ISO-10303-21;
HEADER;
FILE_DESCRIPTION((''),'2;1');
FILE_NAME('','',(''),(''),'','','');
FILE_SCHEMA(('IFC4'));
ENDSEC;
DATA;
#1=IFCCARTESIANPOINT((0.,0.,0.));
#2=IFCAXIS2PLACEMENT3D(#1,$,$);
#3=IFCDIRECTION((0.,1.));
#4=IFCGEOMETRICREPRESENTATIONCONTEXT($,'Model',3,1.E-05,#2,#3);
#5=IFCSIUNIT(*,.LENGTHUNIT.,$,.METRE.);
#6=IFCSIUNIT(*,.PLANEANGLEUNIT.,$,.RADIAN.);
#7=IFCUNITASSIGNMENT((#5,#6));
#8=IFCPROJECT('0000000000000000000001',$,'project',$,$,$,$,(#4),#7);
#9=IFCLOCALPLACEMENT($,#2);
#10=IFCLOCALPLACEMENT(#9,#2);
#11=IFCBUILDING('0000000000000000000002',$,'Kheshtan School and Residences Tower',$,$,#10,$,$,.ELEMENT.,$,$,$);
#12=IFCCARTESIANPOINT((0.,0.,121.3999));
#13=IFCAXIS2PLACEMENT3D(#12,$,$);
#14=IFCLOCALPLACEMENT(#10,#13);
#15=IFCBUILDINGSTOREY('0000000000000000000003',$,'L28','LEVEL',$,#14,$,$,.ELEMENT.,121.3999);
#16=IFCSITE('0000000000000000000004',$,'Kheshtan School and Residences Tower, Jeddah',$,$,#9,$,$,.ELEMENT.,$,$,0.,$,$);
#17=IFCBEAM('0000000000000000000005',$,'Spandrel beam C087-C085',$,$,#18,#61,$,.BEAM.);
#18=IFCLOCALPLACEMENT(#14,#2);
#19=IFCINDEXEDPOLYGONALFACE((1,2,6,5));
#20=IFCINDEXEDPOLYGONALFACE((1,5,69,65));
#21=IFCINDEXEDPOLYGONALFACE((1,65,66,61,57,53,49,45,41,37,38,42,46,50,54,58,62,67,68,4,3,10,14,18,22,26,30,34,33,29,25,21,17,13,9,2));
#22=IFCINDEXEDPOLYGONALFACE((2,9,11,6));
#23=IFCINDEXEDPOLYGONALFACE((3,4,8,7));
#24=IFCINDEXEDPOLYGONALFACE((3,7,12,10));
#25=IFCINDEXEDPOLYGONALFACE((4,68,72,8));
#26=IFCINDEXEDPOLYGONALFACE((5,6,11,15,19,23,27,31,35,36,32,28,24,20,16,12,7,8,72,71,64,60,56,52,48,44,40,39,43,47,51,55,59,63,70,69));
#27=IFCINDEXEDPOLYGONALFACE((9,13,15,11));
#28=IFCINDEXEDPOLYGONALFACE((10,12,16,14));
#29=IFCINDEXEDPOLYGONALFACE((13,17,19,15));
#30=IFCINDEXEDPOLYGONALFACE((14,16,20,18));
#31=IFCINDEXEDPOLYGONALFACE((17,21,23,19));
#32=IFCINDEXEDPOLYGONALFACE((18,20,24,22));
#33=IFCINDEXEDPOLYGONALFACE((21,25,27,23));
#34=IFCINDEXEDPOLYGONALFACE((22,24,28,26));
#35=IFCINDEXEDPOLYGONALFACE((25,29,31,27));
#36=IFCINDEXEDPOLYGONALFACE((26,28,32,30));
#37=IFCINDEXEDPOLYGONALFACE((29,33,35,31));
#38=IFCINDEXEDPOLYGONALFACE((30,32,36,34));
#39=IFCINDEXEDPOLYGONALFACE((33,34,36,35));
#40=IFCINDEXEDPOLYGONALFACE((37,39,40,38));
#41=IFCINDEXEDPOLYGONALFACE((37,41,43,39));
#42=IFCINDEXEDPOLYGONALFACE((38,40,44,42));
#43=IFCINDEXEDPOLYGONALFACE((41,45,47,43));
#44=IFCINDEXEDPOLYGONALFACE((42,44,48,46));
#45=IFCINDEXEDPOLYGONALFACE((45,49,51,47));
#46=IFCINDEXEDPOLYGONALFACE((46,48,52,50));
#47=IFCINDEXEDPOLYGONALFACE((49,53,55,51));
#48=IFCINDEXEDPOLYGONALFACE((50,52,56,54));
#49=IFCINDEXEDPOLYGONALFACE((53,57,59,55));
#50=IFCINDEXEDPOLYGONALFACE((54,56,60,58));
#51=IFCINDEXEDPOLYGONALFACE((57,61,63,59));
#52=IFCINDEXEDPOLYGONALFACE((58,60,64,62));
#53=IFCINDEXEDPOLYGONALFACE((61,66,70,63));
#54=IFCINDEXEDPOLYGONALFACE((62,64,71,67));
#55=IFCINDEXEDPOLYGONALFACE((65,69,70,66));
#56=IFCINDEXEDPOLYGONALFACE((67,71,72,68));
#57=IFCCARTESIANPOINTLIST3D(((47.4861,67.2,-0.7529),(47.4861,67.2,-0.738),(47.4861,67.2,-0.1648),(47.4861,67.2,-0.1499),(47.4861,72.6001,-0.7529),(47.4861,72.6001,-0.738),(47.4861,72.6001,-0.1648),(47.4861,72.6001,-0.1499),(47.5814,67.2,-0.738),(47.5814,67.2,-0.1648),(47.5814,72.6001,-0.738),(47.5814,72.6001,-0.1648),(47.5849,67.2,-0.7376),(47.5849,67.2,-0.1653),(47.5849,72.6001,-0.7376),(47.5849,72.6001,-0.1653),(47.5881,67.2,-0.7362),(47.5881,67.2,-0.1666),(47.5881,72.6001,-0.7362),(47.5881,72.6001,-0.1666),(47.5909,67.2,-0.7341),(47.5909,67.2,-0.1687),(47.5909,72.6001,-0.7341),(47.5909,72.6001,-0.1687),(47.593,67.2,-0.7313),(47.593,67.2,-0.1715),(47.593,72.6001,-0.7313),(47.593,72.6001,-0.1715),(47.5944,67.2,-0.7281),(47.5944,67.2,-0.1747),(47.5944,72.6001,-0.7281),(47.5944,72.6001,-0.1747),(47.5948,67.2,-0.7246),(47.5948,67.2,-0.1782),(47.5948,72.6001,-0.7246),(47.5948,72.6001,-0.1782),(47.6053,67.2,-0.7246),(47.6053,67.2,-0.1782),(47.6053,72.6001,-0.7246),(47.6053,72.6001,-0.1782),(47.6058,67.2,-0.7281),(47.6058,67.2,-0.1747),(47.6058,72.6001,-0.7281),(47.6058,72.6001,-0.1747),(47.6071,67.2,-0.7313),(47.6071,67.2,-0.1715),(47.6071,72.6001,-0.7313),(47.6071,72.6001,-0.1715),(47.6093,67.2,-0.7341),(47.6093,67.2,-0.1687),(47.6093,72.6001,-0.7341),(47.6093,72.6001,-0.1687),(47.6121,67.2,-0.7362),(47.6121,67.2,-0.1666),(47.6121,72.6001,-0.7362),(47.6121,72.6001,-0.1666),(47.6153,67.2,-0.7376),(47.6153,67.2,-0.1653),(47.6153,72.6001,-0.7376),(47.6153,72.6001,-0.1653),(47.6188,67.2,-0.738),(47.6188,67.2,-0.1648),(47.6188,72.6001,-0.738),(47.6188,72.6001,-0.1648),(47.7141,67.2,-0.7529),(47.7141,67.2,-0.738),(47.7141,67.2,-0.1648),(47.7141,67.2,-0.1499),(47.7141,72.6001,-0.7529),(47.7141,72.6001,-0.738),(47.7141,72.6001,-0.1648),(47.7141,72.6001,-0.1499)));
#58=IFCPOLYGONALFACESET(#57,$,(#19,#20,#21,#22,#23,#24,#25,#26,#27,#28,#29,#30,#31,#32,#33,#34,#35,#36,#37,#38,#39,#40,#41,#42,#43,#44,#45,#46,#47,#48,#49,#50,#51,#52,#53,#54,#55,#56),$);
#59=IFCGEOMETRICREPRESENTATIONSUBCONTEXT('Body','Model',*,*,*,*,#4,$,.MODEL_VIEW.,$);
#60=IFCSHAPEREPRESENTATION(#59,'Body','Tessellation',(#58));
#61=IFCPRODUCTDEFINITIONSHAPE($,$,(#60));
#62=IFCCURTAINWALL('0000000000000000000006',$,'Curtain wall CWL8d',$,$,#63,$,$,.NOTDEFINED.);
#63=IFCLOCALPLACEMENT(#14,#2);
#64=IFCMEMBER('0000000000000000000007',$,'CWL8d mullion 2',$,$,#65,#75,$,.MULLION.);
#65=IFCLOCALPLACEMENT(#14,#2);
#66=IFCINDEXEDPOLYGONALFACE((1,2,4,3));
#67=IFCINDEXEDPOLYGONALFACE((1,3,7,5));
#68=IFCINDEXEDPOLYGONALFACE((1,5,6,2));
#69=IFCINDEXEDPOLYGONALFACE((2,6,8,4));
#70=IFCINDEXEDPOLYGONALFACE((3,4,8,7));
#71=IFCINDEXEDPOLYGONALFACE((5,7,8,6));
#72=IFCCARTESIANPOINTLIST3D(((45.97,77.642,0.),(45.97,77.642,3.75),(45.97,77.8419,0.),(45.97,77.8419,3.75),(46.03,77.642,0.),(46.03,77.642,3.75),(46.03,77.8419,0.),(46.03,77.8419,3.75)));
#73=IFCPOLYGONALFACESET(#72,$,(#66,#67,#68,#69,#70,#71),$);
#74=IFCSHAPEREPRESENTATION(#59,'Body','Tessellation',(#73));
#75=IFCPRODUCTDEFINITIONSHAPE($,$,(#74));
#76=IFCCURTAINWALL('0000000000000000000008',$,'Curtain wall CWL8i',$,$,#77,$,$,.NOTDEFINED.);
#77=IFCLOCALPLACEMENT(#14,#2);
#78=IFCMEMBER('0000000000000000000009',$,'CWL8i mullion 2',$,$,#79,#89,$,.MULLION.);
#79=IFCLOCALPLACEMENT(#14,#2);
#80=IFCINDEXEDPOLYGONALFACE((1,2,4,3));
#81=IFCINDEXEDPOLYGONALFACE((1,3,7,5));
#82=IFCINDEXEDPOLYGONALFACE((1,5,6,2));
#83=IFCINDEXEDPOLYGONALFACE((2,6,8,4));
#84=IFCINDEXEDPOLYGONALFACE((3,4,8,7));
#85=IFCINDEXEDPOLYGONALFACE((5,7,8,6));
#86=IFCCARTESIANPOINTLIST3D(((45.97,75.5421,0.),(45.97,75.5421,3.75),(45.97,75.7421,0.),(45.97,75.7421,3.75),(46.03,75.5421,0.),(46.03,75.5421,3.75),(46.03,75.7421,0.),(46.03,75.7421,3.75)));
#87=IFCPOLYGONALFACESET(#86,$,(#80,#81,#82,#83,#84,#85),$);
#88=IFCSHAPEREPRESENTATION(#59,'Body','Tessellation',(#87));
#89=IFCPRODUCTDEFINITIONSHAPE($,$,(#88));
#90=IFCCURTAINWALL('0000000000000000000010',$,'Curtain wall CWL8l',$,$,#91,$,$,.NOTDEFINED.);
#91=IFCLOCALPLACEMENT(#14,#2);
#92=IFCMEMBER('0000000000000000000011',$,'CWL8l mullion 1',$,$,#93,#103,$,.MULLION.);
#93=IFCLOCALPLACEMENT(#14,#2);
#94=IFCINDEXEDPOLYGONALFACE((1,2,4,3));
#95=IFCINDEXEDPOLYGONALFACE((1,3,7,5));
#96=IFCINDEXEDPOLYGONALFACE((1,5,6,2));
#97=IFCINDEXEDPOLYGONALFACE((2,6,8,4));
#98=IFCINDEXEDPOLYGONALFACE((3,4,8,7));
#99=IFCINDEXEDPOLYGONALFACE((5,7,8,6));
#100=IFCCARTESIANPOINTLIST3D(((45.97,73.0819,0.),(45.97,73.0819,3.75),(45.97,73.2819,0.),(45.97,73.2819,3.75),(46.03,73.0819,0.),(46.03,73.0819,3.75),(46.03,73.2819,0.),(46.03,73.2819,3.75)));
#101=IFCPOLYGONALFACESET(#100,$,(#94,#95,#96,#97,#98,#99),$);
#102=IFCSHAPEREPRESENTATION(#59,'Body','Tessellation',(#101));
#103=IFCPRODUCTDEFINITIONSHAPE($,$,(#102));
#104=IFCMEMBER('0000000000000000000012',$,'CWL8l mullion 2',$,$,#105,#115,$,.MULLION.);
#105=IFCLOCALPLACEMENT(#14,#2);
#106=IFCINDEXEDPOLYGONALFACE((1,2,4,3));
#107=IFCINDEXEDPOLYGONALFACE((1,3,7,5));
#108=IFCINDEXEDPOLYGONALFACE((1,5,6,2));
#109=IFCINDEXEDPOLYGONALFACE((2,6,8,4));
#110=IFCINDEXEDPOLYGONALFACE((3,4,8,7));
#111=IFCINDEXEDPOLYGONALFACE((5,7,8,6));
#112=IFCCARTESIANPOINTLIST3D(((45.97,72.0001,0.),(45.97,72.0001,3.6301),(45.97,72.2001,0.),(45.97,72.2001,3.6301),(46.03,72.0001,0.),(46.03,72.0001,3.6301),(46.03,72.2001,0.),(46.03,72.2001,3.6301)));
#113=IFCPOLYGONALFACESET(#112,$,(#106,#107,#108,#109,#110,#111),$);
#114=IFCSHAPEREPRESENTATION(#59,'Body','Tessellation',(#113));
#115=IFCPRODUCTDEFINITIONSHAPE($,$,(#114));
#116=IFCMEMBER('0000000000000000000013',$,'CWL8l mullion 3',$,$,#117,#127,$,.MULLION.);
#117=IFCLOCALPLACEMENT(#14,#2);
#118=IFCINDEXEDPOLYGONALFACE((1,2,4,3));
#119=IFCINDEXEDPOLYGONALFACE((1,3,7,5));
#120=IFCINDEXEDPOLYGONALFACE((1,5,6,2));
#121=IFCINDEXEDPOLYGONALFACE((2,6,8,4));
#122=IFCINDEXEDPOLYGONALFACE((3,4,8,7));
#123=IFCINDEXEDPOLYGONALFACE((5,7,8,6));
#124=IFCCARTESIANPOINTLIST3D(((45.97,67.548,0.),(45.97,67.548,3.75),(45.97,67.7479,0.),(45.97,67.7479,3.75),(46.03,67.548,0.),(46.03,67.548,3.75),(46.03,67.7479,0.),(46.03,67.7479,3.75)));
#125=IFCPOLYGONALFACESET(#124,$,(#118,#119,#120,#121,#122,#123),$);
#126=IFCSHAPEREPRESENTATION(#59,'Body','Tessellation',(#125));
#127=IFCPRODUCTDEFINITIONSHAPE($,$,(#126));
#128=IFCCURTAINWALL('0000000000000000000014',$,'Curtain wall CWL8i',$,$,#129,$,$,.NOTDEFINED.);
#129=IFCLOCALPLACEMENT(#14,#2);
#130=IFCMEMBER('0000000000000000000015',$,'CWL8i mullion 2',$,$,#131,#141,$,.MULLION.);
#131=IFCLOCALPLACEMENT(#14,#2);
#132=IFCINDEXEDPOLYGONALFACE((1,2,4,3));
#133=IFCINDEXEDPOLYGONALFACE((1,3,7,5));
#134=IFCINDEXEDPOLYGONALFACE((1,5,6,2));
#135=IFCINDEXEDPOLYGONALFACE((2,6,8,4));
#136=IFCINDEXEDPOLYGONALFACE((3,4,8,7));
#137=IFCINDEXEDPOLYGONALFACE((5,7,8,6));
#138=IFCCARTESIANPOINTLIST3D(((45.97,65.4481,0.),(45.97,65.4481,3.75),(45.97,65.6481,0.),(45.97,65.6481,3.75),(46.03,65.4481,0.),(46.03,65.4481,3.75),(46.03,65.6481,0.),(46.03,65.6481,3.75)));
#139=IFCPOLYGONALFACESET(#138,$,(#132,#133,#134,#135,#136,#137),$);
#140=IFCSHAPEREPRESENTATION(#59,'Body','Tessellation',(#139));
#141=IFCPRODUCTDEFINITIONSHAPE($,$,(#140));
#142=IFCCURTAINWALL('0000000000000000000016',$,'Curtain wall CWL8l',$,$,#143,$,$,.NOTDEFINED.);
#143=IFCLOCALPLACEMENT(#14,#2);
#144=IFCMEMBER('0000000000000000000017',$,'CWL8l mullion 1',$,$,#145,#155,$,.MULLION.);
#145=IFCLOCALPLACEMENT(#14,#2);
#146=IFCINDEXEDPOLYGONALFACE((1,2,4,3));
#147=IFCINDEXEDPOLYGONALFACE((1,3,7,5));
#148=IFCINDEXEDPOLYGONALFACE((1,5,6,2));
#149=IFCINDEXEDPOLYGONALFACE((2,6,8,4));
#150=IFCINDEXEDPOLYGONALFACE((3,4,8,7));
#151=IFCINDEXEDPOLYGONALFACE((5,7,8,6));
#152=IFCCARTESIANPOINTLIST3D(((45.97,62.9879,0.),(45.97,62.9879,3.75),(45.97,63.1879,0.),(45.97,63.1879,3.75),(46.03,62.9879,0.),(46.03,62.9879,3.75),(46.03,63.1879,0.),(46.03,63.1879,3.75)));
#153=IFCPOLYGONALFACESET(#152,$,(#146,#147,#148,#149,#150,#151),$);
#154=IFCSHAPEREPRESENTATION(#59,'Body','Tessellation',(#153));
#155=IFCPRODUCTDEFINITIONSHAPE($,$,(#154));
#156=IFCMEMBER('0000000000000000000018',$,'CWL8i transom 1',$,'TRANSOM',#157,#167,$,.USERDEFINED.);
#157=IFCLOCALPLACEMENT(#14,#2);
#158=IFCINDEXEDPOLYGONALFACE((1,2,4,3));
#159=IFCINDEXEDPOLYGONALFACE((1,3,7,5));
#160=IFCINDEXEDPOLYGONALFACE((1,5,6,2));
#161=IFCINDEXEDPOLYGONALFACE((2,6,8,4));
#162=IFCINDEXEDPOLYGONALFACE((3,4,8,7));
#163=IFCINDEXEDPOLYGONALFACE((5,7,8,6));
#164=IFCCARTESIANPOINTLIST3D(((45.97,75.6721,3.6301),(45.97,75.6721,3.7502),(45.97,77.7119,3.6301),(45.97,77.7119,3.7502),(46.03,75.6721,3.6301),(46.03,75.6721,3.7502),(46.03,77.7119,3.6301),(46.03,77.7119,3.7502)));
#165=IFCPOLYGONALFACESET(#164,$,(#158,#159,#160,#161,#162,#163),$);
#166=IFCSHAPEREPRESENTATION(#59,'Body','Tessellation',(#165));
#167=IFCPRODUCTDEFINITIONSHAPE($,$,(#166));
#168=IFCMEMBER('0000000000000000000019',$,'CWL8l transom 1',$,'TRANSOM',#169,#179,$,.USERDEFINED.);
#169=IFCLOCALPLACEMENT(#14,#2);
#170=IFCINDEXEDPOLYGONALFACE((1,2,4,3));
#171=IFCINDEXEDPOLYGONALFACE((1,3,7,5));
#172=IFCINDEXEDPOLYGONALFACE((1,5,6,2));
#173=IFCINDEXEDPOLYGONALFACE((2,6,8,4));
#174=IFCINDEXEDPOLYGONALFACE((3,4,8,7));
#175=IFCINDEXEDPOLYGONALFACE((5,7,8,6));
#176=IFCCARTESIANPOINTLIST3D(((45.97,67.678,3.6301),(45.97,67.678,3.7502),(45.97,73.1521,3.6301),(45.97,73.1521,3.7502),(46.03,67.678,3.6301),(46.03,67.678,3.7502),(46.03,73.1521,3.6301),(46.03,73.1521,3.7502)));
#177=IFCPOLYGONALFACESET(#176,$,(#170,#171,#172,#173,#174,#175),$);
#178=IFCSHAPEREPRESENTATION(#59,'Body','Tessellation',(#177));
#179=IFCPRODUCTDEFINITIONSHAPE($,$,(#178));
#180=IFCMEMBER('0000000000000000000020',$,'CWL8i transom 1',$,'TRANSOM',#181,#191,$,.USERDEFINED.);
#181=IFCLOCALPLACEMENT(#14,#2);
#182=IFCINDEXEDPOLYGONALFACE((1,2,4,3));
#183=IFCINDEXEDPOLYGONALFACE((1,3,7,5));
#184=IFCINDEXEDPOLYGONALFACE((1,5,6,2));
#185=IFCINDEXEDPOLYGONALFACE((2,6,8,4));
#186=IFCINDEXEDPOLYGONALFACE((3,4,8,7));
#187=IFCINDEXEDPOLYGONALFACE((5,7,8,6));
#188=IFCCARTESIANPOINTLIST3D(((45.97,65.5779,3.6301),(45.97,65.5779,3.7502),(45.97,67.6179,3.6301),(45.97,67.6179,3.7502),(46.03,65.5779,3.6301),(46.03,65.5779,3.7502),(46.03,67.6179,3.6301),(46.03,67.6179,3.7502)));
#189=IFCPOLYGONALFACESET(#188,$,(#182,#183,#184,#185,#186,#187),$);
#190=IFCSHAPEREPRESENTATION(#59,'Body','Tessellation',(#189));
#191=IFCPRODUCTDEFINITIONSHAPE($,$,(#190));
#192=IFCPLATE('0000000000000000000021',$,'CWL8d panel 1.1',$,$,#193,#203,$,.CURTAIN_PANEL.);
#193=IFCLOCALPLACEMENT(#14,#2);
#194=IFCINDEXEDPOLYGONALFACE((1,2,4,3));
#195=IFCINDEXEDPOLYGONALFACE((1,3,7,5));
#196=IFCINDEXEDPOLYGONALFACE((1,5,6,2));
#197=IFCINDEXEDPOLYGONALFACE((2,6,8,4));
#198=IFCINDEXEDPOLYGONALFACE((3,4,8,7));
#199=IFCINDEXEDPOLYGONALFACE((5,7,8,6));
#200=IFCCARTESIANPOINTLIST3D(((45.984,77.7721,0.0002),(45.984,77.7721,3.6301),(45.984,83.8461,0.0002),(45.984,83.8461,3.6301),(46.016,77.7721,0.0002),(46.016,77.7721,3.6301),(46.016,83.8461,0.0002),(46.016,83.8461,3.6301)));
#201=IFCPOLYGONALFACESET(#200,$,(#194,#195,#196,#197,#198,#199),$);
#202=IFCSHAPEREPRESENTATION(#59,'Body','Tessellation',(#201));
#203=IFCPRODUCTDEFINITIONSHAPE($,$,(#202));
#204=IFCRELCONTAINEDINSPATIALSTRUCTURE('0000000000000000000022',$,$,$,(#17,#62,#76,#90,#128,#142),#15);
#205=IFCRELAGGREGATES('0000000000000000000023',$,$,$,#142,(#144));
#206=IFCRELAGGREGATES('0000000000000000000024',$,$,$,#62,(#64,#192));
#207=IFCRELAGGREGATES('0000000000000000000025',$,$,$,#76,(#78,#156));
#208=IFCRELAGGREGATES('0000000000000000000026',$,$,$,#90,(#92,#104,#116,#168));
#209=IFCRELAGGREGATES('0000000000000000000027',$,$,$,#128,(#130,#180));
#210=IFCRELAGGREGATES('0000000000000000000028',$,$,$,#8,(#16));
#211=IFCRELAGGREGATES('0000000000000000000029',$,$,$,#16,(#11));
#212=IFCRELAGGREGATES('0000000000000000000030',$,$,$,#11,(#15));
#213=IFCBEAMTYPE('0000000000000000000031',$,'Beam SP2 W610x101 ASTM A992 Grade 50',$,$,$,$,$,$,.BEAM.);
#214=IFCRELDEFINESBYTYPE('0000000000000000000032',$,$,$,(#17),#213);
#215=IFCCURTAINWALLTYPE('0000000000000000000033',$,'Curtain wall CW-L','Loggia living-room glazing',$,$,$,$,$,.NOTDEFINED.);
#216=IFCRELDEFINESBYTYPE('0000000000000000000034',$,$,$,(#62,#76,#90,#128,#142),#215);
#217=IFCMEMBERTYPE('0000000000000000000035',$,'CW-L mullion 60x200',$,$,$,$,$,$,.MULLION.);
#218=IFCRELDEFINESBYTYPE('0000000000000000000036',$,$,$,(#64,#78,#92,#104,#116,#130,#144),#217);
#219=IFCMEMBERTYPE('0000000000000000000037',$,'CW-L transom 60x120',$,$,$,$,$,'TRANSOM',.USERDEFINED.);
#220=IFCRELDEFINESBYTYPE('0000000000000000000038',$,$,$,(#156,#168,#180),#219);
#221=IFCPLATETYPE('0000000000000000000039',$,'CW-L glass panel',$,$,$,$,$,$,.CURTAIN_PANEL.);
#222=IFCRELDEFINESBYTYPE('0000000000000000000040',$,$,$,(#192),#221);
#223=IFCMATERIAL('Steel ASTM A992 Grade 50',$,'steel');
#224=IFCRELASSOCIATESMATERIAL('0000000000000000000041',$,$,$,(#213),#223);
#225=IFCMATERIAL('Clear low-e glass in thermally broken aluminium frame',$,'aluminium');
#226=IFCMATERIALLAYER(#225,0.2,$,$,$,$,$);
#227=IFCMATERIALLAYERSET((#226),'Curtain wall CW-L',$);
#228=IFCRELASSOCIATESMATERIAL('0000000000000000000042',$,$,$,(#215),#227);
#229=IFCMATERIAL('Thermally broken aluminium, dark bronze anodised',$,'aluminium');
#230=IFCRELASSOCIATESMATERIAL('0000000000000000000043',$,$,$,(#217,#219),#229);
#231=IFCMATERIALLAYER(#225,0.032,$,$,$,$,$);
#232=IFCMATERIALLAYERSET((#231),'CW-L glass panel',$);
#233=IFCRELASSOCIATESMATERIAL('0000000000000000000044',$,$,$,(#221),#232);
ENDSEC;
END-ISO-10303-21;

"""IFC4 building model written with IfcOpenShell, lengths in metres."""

from ifc_helpers import new_model, si_unit, direction, frame, origin, origin_2d, place, context, subcontext, project, spatial, rectangle, i_section, extrude, material, layer, layer_set, material_profile, profile_set, type_object, element, aggregate, save


model = new_model("IFC4")

# Units and contexts
model_context = context("Model", 3, precision=1e-05, world=origin(), true_north=direction((0.0, 1.0)))
body_context = subcontext(model_context, "Body", "Model", "MODEL_VIEW")
ifc_project = project(units=[si_unit("LENGTHUNIT", "METRE"), si_unit("PLANEANGLEUNIT", "RADIAN")], contexts=[model_context])

# Site, building, storey
site_placement = place(None, origin())
site = spatial("IfcSite", under=ifc_project, at=site_placement, Name="Kheshtan School and Residences Tower, Jeddah", CompositionType="ELEMENT", RefElevation=0.0)
building_placement = place(site_placement, origin())
building = spatial("IfcBuilding", under=site, at=building_placement, Name="Kheshtan School and Residences Tower", CompositionType="ELEMENT")
storey_placement = place(building_placement, frame((0.0, 0.0, 121.3999)))
storey = spatial("IfcBuildingStorey", under=building, at=storey_placement, Name="L28", Description="LEVEL", CompositionType="ELEMENT", Elevation=121.3999)

# Shared definitions
ifc_material_1 = material(Name="Steel ASTM A992 Grade 50", Category="steel")

# Beam
ifc_material_profile_1 = material_profile(ifc_material_1, i_section(OverallWidth=0.228, OverallDepth=0.603, WebThickness=0.0105, FlangeThickness=0.0149, FilletRadius=0.0134, at=origin_2d()), Name="W610x101")
ifc_profile_set_1 = profile_set([ifc_material_profile_1], Name="Steel ASTM A992 Grade 50")
beam_type = type_object("IfcBeamType", Name="Beam SP2 W610x101 ASTM A992 Grade 50", PredefinedType="BEAM", material=ifc_profile_set_1)
beam_1_placement = place(storey_placement, frame((47.6001, 72.6001, -0.4514), z_axis=(0.0, -1.0, 0.0), x_axis=(1.0, 0.0, 0.0)))
element("IfcBeam", 1, at=beam_1_placement, inside=storey, type_object=beam_type, Name="Spandrel beam C087-C085", PredefinedType="BEAM", context=body_context, shape_type="SweptSolid", body=[
    extrude(i_section(OverallWidth=0.228, OverallDepth=0.603, WebThickness=0.0105, FlangeThickness=0.0149, FilletRadius=0.0134, at=origin_2d()), origin(), (0.0, 0.0, 1.0), 5.4001),
])

# Curtain walls, members
ifc_material_2 = material(Name="Clear low-e glass in thermally broken aluminium frame", Category="aluminium")
ifc_layer_1 = layer(ifc_material_2, 0.2)
ifc_layer_set_1 = layer_set([ifc_layer_1], Name="Curtain wall CW-L")
curtain_wall_type = type_object("IfcCurtainWallType", Name="Curtain wall CW-L", Description="Loggia living-room glazing", PredefinedType="NOTDEFINED", material=ifc_layer_set_1)
curtain_wall_1_placement = place(storey_placement, origin())
curtain_wall_1 = element("IfcCurtainWall", 2, at=curtain_wall_1_placement, inside=storey, type_object=curtain_wall_type, Name="Curtain wall CWL8d", PredefinedType="NOTDEFINED")
ifc_material_3 = material(Name="Thermally broken aluminium, dark bronze anodised", Category="aluminium")
ifc_material_profile_2 = material_profile(ifc_material_3, rectangle(XDim=0.0601, YDim=0.2, at=origin_2d()), Name="CW-L mullion 60x200")
ifc_profile_set_2 = profile_set([ifc_material_profile_2], Name="Thermally broken aluminium, dark bronze anodised")
member_type_1 = type_object("IfcMemberType", Name="CW-L mullion 60x200", PredefinedType="MULLION", material=ifc_profile_set_2)
member_1_placement = place(storey_placement, frame((46.0, 77.7419, 0.0), z_axis=(0.0, 0.0, 1.0), x_axis=(1.0, 0.0, 0.0)))
member_1 = element("IfcMember", 3, at=member_1_placement, type_object=member_type_1, Name="CWL8d mullion 2", PredefinedType="MULLION", context=body_context, shape_type="SweptSolid", body=[
    extrude(rectangle(XDim=0.0601, YDim=0.2, at=origin_2d()), origin(), (0.0, 0.0, 1.0), 3.75),
])
curtain_wall_2_placement = place(storey_placement, origin())
curtain_wall_2 = element("IfcCurtainWall", 4, at=curtain_wall_2_placement, inside=storey, type_object=curtain_wall_type, Name="Curtain wall CWL8i", PredefinedType="NOTDEFINED")
member_2_placement = place(storey_placement, frame((46.0, 75.6421, 0.0), z_axis=(0.0, 0.0, 1.0), x_axis=(1.0, 0.0, 0.0)))
member_2 = element("IfcMember", 5, at=member_2_placement, type_object=member_type_1, Name="CWL8i mullion 2", PredefinedType="MULLION", context=body_context, shape_type="SweptSolid", body=[
    extrude(rectangle(XDim=0.0601, YDim=0.2, at=origin_2d()), origin(), (0.0, 0.0, 1.0), 3.75),
])

# Curtain wall, members
curtain_wall_3_placement = place(storey_placement, origin())
curtain_wall_3 = element("IfcCurtainWall", 6, at=curtain_wall_3_placement, inside=storey, type_object=curtain_wall_type, Name="Curtain wall CWL8l", PredefinedType="NOTDEFINED")
member_3_placement = place(storey_placement, frame((46.0, 73.1819, 0.0), z_axis=(0.0, 0.0, 1.0), x_axis=(1.0, 0.0, 0.0)))
member_3 = element("IfcMember", 7, at=member_3_placement, type_object=member_type_1, Name="CWL8l mullion 1", PredefinedType="MULLION", context=body_context, shape_type="SweptSolid", body=[
    extrude(rectangle(XDim=0.0601, YDim=0.2, at=origin_2d()), origin(), (0.0, 0.0, 1.0), 3.75),
])
member_4_placement = place(storey_placement, frame((46.0, 72.1001, 0.0), z_axis=(0.0, 0.0, 1.0), x_axis=(1.0, 0.0, 0.0)))
member_4 = element("IfcMember", 8, at=member_4_placement, type_object=member_type_1, Name="CWL8l mullion 2", PredefinedType="MULLION", context=body_context, shape_type="SweptSolid", body=[
    extrude(rectangle(XDim=0.0601, YDim=0.2, at=origin_2d()), origin(), (0.0, 0.0, 1.0), 3.6301),
])
member_5_placement = place(storey_placement, frame((46.0, 67.6479, 0.0), z_axis=(0.0, 0.0, 1.0), x_axis=(1.0, 0.0, 0.0)))
member_5 = element("IfcMember", 9, at=member_5_placement, type_object=member_type_1, Name="CWL8l mullion 3", PredefinedType="MULLION", context=body_context, shape_type="SweptSolid", body=[
    extrude(rectangle(XDim=0.0601, YDim=0.2, at=origin_2d()), origin(), (0.0, 0.0, 1.0), 3.75),
])

# Curtain walls, members
curtain_wall_4_placement = place(storey_placement, origin())
curtain_wall_4 = element("IfcCurtainWall", 10, at=curtain_wall_4_placement, inside=storey, type_object=curtain_wall_type, Name="Curtain wall CWL8i", PredefinedType="NOTDEFINED")
member_6_placement = place(storey_placement, frame((46.0, 65.5481, 0.0), z_axis=(0.0, 0.0, 1.0), x_axis=(1.0, 0.0, 0.0)))
member_6 = element("IfcMember", 11, at=member_6_placement, type_object=member_type_1, Name="CWL8i mullion 2", PredefinedType="MULLION", context=body_context, shape_type="SweptSolid", body=[
    extrude(rectangle(XDim=0.0601, YDim=0.2, at=origin_2d()), origin(), (0.0, 0.0, 1.0), 3.75),
])
curtain_wall_5_placement = place(storey_placement, origin())
curtain_wall_5 = element("IfcCurtainWall", 12, at=curtain_wall_5_placement, inside=storey, type_object=curtain_wall_type, Name="Curtain wall CWL8l", PredefinedType="NOTDEFINED")
member_7_placement = place(storey_placement, frame((46.0, 63.0879, 0.0), z_axis=(0.0, 0.0, 1.0), x_axis=(1.0, 0.0, 0.0)))
member_7 = element("IfcMember", 13, at=member_7_placement, type_object=member_type_1, Name="CWL8l mullion 1", PredefinedType="MULLION", context=body_context, shape_type="SweptSolid", body=[
    extrude(rectangle(XDim=0.0601, YDim=0.2, at=origin_2d()), origin(), (0.0, 0.0, 1.0), 3.75),
])
aggregate(curtain_wall_5, [member_7])

# Members
ifc_material_profile_3 = material_profile(ifc_material_3, rectangle(XDim=0.0601, YDim=0.1201, at=origin_2d()), Name="CW-L transom 60x120")
ifc_profile_set_3 = profile_set([ifc_material_profile_3], Name="Thermally broken aluminium, dark bronze anodised")
member_type_2 = type_object("IfcMemberType", Name="CW-L transom 60x120", ElementType="TRANSOM", PredefinedType="USERDEFINED", material=ifc_profile_set_3)
member_8_placement = place(storey_placement, frame((46.0, 77.7119, 3.6902), z_axis=(0.0, -1.0, 0.0), x_axis=(1.0, 0.0, 0.0)))
member_8 = element("IfcMember", 14, at=member_8_placement, type_object=member_type_2, Name="CWL8i transom 1", ObjectType="TRANSOM", PredefinedType="USERDEFINED", context=body_context, shape_type="SweptSolid", body=[
    extrude(rectangle(XDim=0.0601, YDim=0.1201, at=origin_2d()), origin(), (0.0, 0.0, 1.0), 2.0398),
])
member_9_placement = place(storey_placement, frame((46.0, 73.1521, 3.6902), z_axis=(0.0, -1.0, 0.0), x_axis=(1.0, 0.0, 0.0)))
member_9 = element("IfcMember", 15, at=member_9_placement, type_object=member_type_2, Name="CWL8l transom 1", ObjectType="TRANSOM", PredefinedType="USERDEFINED", context=body_context, shape_type="SweptSolid", body=[
    extrude(rectangle(XDim=0.0601, YDim=0.1201, at=origin_2d()), origin(), (0.0, 0.0, 1.0), 5.4741),
])
member_10_placement = place(storey_placement, frame((46.0, 67.6179, 3.6902), z_axis=(0.0, -1.0, 0.0), x_axis=(1.0, 0.0, 0.0)))
member_10 = element("IfcMember", 16, at=member_10_placement, type_object=member_type_2, Name="CWL8i transom 1", ObjectType="TRANSOM", PredefinedType="USERDEFINED", context=body_context, shape_type="SweptSolid", body=[
    extrude(rectangle(XDim=0.0601, YDim=0.1201, at=origin_2d()), origin(), (0.0, 0.0, 1.0), 2.04),
])

# Plate
ifc_layer_2 = layer(ifc_material_2, 0.032)
ifc_layer_set_2 = layer_set([ifc_layer_2], Name="CW-L glass panel")
plate_type = type_object("IfcPlateType", Name="CW-L glass panel", PredefinedType="CURTAIN_PANEL", material=ifc_layer_set_2)
plate_1_placement = place(storey_placement, frame((46.0, 80.8091, 0.0002), z_axis=(0.0, 0.0, 1.0), x_axis=(0.0, -1.0, 0.0)))
plate_1 = element("IfcPlate", 17, at=plate_1_placement, type_object=plate_type, Name="CWL8d panel 1.1", PredefinedType="CURTAIN_PANEL", context=body_context, shape_type="SweptSolid", body=[
    extrude(rectangle(XDim=6.074, YDim=0.032, at=origin_2d()), origin(), (0.0, 0.0, 1.0), 3.6299),
])
aggregate(curtain_wall_1, [member_1, plate_1])
aggregate(curtain_wall_2, [member_2, member_8])
aggregate(curtain_wall_3, [member_3, member_4, member_5, member_9])
aggregate(curtain_wall_4, [member_6, member_10])

save(model, "model.ifc")
